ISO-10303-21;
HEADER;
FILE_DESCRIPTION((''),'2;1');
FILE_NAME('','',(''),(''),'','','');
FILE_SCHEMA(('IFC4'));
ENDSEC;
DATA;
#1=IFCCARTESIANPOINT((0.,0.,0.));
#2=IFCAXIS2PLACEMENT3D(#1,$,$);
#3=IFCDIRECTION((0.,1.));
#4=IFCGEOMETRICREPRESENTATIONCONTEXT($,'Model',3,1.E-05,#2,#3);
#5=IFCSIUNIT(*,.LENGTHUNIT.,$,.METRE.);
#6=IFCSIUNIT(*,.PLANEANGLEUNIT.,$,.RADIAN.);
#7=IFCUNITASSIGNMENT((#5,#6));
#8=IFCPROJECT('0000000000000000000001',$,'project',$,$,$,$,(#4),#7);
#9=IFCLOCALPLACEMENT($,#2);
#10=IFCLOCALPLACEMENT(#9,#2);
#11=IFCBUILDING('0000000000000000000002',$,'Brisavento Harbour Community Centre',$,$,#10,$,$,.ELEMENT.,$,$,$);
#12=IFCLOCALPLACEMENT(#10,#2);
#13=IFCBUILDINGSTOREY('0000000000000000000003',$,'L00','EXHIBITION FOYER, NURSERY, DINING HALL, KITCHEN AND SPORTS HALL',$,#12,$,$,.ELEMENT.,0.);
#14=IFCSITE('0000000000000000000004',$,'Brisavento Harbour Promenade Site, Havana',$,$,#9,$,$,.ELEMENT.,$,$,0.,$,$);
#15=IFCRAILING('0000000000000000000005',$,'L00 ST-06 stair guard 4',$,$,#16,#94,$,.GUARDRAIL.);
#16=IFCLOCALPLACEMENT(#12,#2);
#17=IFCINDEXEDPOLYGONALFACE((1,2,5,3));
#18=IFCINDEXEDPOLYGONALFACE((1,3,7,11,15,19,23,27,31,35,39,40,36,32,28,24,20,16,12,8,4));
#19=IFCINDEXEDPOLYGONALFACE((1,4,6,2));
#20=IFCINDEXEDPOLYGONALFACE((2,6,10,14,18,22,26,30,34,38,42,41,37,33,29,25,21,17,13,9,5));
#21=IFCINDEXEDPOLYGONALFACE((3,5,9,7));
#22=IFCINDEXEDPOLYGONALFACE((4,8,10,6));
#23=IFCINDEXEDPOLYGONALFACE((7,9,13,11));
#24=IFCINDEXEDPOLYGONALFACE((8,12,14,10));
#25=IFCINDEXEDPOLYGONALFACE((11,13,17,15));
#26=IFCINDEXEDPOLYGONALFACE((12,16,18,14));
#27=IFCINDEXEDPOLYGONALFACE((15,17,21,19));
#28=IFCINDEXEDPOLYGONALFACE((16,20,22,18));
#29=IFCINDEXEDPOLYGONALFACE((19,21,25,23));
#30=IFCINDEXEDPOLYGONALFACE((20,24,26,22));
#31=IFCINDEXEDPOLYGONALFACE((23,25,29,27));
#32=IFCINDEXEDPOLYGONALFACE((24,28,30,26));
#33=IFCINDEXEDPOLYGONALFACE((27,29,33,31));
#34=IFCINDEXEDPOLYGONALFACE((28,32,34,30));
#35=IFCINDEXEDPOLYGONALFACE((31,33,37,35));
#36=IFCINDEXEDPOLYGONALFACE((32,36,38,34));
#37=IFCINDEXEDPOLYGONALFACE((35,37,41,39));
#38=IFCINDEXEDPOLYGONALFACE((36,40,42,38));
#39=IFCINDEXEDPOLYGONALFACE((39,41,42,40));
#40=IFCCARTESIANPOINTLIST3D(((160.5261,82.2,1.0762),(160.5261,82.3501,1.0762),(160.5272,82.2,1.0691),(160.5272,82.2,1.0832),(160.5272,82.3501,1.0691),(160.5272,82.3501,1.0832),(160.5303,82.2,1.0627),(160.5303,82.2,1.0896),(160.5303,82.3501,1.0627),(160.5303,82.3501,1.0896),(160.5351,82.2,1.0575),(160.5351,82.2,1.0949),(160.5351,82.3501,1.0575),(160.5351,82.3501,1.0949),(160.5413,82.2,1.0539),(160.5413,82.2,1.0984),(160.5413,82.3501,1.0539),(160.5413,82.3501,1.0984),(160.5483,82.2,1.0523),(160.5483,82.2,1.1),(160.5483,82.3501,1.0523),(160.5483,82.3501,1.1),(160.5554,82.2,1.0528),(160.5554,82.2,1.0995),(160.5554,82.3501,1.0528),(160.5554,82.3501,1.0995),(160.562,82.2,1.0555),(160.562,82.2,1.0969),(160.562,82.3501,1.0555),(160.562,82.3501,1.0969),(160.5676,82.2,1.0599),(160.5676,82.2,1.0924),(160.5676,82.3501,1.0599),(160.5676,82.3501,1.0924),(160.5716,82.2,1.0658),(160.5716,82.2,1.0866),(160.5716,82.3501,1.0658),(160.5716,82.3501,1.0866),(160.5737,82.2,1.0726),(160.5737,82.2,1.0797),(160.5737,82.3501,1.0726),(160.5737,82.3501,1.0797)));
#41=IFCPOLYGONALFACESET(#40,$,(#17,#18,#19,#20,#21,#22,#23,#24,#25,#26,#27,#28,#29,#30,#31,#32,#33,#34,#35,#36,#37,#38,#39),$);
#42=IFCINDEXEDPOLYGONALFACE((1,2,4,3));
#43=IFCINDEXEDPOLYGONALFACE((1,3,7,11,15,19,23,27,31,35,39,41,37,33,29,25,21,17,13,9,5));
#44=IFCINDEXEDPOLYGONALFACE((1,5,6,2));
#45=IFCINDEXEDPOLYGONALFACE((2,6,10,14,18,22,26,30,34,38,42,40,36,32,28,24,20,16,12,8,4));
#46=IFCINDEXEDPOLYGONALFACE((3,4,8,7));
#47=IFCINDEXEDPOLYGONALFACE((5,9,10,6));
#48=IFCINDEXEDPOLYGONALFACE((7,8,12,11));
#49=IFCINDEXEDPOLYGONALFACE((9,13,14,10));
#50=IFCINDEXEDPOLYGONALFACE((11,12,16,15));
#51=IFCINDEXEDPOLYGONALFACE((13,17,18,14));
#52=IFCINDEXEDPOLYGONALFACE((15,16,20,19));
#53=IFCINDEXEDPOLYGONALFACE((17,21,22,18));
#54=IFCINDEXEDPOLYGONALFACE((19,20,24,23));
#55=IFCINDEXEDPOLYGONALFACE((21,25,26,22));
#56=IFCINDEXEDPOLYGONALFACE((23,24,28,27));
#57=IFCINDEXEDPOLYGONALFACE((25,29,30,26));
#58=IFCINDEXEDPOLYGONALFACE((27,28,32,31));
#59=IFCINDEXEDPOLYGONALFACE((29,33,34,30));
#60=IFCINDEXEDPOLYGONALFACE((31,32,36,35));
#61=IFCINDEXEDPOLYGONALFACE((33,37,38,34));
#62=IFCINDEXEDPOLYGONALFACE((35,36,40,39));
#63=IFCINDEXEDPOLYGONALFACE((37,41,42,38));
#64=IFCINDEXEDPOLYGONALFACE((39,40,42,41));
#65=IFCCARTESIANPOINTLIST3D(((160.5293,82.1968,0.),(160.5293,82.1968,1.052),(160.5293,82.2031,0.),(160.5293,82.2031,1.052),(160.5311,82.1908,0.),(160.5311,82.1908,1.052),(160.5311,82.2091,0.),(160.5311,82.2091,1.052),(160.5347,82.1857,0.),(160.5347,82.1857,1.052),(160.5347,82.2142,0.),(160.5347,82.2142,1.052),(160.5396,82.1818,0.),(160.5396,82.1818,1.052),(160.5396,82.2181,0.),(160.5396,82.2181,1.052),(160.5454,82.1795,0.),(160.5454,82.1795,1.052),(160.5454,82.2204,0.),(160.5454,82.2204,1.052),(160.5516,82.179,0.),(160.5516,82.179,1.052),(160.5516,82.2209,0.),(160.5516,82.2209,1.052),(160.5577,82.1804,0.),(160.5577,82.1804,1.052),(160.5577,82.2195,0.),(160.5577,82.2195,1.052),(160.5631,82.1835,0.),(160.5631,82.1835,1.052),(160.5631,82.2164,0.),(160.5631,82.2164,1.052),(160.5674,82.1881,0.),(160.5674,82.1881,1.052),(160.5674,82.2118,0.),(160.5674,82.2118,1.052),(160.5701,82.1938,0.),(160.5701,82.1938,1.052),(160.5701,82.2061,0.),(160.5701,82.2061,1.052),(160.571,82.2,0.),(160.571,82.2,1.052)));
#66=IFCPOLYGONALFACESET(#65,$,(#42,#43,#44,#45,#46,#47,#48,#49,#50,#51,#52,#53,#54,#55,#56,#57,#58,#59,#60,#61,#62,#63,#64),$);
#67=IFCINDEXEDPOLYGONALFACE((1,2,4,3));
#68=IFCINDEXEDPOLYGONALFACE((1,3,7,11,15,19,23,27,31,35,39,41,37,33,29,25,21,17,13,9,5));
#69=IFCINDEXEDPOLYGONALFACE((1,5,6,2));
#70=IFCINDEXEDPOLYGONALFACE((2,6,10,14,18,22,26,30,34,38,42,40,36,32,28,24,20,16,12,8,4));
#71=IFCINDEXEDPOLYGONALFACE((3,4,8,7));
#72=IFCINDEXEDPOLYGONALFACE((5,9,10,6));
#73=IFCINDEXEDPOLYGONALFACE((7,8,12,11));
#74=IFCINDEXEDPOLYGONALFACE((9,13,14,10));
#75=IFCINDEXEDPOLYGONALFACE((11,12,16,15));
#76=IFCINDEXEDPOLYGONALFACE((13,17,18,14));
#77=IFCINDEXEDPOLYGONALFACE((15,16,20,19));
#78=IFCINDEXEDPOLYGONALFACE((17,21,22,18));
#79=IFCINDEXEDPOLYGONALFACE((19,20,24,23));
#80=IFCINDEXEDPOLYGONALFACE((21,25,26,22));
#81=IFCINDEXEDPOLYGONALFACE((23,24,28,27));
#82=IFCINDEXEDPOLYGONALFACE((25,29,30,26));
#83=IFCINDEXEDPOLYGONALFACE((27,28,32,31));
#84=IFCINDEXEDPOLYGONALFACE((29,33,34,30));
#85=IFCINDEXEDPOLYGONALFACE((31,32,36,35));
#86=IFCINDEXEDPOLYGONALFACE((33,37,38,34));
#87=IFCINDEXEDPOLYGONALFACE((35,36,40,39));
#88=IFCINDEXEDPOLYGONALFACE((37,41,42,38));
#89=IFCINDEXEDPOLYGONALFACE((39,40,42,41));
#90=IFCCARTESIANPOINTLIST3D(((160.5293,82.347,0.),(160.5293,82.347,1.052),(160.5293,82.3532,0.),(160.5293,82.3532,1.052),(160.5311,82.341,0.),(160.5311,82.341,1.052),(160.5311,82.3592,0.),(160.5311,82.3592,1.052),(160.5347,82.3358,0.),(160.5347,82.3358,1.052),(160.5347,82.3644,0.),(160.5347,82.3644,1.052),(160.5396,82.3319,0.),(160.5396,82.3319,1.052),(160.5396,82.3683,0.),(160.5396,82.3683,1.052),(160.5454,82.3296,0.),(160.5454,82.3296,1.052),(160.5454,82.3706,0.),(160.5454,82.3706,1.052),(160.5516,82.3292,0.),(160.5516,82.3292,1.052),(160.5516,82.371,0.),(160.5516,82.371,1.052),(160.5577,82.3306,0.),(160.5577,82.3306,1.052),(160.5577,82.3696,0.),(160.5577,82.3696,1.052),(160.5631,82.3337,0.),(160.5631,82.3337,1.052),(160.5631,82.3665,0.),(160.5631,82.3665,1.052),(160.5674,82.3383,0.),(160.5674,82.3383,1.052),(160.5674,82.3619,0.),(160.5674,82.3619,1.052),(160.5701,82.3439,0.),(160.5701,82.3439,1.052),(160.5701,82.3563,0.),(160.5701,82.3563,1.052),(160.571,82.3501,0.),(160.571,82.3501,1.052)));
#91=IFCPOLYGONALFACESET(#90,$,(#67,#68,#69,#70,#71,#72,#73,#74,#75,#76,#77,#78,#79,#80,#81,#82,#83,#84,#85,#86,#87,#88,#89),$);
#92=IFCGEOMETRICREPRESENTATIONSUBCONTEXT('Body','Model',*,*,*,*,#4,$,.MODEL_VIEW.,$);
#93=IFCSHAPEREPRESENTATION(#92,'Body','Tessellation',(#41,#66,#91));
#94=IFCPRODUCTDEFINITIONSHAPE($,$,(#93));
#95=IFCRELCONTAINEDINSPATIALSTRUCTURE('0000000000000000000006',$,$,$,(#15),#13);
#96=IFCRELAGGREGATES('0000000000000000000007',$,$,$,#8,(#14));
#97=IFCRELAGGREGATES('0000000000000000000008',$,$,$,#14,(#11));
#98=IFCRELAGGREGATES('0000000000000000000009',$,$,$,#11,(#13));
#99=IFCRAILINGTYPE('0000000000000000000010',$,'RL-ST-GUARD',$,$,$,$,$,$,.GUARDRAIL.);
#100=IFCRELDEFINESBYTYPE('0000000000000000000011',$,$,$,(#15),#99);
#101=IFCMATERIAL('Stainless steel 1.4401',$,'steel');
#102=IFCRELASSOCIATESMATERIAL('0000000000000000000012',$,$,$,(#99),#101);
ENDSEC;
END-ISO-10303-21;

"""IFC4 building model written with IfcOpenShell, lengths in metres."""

from ifc_helpers import new_model, si_unit, direction, frame, origin, origin_2d, place, context, subcontext, project, spatial, circle, extrude, material, type_object, element, save


model = new_model("IFC4")

# Units and contexts
model_context = context("Model", 3, precision=1e-05, world=origin(), true_north=direction((0.0, 1.0)))
body_context = subcontext(model_context, "Body", "Model", "MODEL_VIEW")
ifc_project = project(units=[si_unit("LENGTHUNIT", "METRE"), si_unit("PLANEANGLEUNIT", "RADIAN")], contexts=[model_context])

# Site, building, storey
site_placement = place(None, origin())
site = spatial("IfcSite", under=ifc_project, at=site_placement, Name="Brisavento Harbour Promenade Site, Havana", CompositionType="ELEMENT", RefElevation=0.0)
building_placement = place(site_placement, origin())
building = spatial("IfcBuilding", under=site, at=building_placement, Name="Brisavento Harbour Community Centre", CompositionType="ELEMENT")
storey_placement = place(building_placement, origin())
storey = spatial("IfcBuildingStorey", under=building, at=storey_placement, Name="L00", Description="EXHIBITION FOYER, NURSERY, DINING HALL, KITCHEN AND SPORTS HALL", CompositionType="ELEMENT", Elevation=0.0)

# Railing
ifc_material_1 = material(Name="Stainless steel 1.4401", Category="steel")
railing_type_1 = type_object("IfcRailingType", Name="RL-ST-GUARD", PredefinedType="GUARDRAIL", material=ifc_material_1)
railing_1_placement = place(storey_placement, frame((160.55, 82.2, 0.0)))
element("IfcRailing", 1, at=railing_1_placement, inside=storey, type_object=railing_type_1, Name="L00 ST-06 stair guard 4", PredefinedType="GUARDRAIL", context=body_context, shape_type="SweptSolid", body=[
    extrude(circle(Radius=0.0239, at=origin_2d()), frame((0.0, 0.0, 1.0762), z_axis=(0.0, 1.0, 0.0), x_axis=(-1.0, 0.0, 0.0)), (0.0, 0.0, 1.0), 0.1501),
    extrude(circle(Radius=0.021, at=origin_2d()), origin(), (0.0, 0.0, 1.0), 1.052),
    extrude(circle(Radius=0.021, at=origin_2d()), frame((0.0, 0.1501, 0.0)), (0.0, 0.0, 1.0), 1.052),
])

save(model, "model.ifc")
